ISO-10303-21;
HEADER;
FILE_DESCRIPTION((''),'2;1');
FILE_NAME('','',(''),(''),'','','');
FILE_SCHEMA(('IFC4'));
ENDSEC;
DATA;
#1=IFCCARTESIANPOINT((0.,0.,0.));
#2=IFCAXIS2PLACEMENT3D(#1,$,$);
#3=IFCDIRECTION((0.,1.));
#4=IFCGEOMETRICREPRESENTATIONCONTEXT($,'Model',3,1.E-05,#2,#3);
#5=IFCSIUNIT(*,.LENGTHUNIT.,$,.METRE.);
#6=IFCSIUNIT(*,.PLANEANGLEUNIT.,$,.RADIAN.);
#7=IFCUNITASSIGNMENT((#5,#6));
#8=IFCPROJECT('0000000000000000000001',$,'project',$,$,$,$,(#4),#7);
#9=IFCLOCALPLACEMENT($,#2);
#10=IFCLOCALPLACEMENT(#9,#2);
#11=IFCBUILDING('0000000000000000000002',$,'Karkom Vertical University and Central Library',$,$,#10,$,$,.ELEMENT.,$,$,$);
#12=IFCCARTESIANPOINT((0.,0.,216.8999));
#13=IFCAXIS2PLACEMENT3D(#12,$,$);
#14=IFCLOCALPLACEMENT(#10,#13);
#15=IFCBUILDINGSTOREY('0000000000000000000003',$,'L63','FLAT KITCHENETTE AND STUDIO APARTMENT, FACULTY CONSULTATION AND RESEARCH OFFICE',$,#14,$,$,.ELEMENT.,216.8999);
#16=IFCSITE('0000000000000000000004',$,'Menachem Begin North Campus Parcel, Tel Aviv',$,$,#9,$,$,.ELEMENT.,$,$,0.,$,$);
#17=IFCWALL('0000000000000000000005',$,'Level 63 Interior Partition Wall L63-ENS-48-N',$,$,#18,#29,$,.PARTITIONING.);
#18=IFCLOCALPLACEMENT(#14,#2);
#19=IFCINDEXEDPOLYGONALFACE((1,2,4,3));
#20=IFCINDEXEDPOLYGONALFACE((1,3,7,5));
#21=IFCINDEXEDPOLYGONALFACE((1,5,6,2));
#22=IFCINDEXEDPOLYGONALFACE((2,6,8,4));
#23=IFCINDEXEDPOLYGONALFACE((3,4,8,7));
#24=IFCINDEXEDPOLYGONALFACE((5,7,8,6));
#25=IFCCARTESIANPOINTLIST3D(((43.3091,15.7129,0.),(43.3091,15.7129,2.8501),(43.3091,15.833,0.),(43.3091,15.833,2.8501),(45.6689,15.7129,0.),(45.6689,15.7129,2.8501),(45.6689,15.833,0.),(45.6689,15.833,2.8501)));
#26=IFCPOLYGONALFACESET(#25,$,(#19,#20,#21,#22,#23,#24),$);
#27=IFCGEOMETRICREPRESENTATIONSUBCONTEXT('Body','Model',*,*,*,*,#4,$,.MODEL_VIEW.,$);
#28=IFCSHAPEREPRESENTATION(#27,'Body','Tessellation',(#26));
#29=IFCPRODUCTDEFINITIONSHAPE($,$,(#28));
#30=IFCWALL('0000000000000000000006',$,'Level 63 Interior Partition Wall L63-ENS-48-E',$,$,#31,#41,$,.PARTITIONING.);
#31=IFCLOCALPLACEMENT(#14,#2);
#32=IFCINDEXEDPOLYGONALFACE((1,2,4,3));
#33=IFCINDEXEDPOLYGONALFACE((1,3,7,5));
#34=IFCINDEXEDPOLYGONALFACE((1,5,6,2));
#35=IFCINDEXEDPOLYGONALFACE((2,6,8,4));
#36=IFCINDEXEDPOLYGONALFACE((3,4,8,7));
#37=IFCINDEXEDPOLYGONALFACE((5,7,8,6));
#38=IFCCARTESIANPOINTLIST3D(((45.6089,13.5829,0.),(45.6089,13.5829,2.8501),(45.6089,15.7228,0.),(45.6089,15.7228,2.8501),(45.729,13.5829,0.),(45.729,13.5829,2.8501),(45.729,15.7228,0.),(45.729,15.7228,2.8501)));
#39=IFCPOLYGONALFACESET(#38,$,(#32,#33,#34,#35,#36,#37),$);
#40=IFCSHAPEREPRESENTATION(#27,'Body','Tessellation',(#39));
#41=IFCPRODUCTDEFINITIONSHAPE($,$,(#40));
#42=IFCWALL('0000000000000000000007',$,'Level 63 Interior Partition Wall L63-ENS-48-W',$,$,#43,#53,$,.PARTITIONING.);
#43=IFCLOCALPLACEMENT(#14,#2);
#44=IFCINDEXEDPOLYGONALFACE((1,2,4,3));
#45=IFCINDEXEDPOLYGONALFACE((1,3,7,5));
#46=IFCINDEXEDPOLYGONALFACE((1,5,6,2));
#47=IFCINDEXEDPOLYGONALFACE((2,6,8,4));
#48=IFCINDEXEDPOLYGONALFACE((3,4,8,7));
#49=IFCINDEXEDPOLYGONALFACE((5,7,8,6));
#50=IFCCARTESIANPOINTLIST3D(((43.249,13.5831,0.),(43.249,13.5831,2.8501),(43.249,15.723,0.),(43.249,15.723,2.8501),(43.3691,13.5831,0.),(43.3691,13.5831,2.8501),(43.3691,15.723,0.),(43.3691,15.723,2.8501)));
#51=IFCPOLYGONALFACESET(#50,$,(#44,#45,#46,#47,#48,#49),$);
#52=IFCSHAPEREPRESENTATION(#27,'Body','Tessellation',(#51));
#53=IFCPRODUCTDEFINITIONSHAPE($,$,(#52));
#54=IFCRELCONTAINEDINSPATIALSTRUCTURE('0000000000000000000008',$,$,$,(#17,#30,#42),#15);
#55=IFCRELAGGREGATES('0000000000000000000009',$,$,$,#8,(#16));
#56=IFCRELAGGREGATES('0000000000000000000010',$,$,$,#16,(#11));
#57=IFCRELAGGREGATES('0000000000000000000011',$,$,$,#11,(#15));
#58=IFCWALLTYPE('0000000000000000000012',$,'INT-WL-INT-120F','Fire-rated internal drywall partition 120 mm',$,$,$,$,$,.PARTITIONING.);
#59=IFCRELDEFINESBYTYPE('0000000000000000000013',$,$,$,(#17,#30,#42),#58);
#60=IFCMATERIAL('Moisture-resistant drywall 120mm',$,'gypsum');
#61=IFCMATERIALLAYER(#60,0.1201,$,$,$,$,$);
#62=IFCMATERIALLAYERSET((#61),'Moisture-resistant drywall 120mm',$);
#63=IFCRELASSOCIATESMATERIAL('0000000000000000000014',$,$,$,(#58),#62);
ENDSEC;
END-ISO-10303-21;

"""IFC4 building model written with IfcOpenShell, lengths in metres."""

from ifc_helpers import new_model, si_unit, direction, frame, frame_2d, origin, place, context, subcontext, project, spatial, rectangle, extrude, material, layer, layer_set, type_object, element, save


model = new_model("IFC4")

# Units and contexts
model_context = context("Model", 3, precision=1e-05, world=origin(), true_north=direction((0.0, 1.0)))
body_context = subcontext(model_context, "Body", "Model", "MODEL_VIEW")
ifc_project = project(units=[si_unit("LENGTHUNIT", "METRE"), si_unit("PLANEANGLEUNIT", "RADIAN")], contexts=[model_context])

# Site, building, storey
site_placement = place(None, origin())
site = spatial("IfcSite", under=ifc_project, at=site_placement, Name="Menachem Begin North Campus Parcel, Tel Aviv", CompositionType="ELEMENT", RefElevation=0.0)
building_placement = place(site_placement, origin())
building = spatial("IfcBuilding", under=site, at=building_placement, Name="Karkom Vertical University and Central Library", CompositionType="ELEMENT")
storey_placement = place(building_placement, frame((0.0, 0.0, 216.8999)))
storey = spatial("IfcBuildingStorey", under=building, at=storey_placement, Name="L63", Description="FLAT KITCHENETTE AND STUDIO APARTMENT, FACULTY CONSULTATION AND RESEARCH OFFICE", CompositionType="ELEMENT", Elevation=216.8999)

# Shared definitions
ifc_material_1 = material(Name="Moisture-resistant drywall 120mm", Category="gypsum")
ifc_layer_1 = layer(ifc_material_1, 0.1201)
ifc_layer_set_1 = layer_set([ifc_layer_1], Name="Moisture-resistant drywall 120mm")
wall_type_1 = type_object("IfcWallType", Name="INT-WL-INT-120F", Description="Fire-rated internal drywall partition 120 mm", PredefinedType="PARTITIONING", material=ifc_layer_set_1)

# Walls
wall_1_placement = place(storey_placement, frame((45.6689, 15.7729, 0.0), z_axis=(0.0, 0.0, 1.0), x_axis=(-1.0, 0.0, 0.0)))
element("IfcWall", 1, at=wall_1_placement, inside=storey, type_object=wall_type_1, Name="Level 63 Interior Partition Wall L63-ENS-48-N", PredefinedType="PARTITIONING", context=body_context, shape_type="SweptSolid", body=[
    extrude(rectangle(XDim=2.3599, YDim=0.1201, at=frame_2d((1.1799, 0.0))), origin(), (0.0, 0.0, 1.0), 2.8501),
])
for number, where, z_axis, x_axis, name in (
    (2, (45.6689, 13.583, 0.0), (0.0, 0.0, 1.0), (0.0, 1.0, 0.0), "Level 63 Interior Partition Wall L63-ENS-48-E"),
    (3, (43.3091, 15.7229, 0.0), (0.0, 0.0, 1.0), (0.0, -1.0, 0.0), "Level 63 Interior Partition Wall L63-ENS-48-W"),
):
    element("IfcWall", number, at=place(storey_placement, frame(where, z_axis=z_axis, x_axis=x_axis)), inside=storey, type_object=wall_type_1, Name=name, PredefinedType="PARTITIONING", context=body_context, shape_type="SweptSolid", body=[
        extrude(rectangle(XDim=2.1399, YDim=0.1201, at=frame_2d((1.0698, 0.0))), origin(), (0.0, 0.0, 1.0), 2.8501),
    ])

save(model, "model.ifc")
